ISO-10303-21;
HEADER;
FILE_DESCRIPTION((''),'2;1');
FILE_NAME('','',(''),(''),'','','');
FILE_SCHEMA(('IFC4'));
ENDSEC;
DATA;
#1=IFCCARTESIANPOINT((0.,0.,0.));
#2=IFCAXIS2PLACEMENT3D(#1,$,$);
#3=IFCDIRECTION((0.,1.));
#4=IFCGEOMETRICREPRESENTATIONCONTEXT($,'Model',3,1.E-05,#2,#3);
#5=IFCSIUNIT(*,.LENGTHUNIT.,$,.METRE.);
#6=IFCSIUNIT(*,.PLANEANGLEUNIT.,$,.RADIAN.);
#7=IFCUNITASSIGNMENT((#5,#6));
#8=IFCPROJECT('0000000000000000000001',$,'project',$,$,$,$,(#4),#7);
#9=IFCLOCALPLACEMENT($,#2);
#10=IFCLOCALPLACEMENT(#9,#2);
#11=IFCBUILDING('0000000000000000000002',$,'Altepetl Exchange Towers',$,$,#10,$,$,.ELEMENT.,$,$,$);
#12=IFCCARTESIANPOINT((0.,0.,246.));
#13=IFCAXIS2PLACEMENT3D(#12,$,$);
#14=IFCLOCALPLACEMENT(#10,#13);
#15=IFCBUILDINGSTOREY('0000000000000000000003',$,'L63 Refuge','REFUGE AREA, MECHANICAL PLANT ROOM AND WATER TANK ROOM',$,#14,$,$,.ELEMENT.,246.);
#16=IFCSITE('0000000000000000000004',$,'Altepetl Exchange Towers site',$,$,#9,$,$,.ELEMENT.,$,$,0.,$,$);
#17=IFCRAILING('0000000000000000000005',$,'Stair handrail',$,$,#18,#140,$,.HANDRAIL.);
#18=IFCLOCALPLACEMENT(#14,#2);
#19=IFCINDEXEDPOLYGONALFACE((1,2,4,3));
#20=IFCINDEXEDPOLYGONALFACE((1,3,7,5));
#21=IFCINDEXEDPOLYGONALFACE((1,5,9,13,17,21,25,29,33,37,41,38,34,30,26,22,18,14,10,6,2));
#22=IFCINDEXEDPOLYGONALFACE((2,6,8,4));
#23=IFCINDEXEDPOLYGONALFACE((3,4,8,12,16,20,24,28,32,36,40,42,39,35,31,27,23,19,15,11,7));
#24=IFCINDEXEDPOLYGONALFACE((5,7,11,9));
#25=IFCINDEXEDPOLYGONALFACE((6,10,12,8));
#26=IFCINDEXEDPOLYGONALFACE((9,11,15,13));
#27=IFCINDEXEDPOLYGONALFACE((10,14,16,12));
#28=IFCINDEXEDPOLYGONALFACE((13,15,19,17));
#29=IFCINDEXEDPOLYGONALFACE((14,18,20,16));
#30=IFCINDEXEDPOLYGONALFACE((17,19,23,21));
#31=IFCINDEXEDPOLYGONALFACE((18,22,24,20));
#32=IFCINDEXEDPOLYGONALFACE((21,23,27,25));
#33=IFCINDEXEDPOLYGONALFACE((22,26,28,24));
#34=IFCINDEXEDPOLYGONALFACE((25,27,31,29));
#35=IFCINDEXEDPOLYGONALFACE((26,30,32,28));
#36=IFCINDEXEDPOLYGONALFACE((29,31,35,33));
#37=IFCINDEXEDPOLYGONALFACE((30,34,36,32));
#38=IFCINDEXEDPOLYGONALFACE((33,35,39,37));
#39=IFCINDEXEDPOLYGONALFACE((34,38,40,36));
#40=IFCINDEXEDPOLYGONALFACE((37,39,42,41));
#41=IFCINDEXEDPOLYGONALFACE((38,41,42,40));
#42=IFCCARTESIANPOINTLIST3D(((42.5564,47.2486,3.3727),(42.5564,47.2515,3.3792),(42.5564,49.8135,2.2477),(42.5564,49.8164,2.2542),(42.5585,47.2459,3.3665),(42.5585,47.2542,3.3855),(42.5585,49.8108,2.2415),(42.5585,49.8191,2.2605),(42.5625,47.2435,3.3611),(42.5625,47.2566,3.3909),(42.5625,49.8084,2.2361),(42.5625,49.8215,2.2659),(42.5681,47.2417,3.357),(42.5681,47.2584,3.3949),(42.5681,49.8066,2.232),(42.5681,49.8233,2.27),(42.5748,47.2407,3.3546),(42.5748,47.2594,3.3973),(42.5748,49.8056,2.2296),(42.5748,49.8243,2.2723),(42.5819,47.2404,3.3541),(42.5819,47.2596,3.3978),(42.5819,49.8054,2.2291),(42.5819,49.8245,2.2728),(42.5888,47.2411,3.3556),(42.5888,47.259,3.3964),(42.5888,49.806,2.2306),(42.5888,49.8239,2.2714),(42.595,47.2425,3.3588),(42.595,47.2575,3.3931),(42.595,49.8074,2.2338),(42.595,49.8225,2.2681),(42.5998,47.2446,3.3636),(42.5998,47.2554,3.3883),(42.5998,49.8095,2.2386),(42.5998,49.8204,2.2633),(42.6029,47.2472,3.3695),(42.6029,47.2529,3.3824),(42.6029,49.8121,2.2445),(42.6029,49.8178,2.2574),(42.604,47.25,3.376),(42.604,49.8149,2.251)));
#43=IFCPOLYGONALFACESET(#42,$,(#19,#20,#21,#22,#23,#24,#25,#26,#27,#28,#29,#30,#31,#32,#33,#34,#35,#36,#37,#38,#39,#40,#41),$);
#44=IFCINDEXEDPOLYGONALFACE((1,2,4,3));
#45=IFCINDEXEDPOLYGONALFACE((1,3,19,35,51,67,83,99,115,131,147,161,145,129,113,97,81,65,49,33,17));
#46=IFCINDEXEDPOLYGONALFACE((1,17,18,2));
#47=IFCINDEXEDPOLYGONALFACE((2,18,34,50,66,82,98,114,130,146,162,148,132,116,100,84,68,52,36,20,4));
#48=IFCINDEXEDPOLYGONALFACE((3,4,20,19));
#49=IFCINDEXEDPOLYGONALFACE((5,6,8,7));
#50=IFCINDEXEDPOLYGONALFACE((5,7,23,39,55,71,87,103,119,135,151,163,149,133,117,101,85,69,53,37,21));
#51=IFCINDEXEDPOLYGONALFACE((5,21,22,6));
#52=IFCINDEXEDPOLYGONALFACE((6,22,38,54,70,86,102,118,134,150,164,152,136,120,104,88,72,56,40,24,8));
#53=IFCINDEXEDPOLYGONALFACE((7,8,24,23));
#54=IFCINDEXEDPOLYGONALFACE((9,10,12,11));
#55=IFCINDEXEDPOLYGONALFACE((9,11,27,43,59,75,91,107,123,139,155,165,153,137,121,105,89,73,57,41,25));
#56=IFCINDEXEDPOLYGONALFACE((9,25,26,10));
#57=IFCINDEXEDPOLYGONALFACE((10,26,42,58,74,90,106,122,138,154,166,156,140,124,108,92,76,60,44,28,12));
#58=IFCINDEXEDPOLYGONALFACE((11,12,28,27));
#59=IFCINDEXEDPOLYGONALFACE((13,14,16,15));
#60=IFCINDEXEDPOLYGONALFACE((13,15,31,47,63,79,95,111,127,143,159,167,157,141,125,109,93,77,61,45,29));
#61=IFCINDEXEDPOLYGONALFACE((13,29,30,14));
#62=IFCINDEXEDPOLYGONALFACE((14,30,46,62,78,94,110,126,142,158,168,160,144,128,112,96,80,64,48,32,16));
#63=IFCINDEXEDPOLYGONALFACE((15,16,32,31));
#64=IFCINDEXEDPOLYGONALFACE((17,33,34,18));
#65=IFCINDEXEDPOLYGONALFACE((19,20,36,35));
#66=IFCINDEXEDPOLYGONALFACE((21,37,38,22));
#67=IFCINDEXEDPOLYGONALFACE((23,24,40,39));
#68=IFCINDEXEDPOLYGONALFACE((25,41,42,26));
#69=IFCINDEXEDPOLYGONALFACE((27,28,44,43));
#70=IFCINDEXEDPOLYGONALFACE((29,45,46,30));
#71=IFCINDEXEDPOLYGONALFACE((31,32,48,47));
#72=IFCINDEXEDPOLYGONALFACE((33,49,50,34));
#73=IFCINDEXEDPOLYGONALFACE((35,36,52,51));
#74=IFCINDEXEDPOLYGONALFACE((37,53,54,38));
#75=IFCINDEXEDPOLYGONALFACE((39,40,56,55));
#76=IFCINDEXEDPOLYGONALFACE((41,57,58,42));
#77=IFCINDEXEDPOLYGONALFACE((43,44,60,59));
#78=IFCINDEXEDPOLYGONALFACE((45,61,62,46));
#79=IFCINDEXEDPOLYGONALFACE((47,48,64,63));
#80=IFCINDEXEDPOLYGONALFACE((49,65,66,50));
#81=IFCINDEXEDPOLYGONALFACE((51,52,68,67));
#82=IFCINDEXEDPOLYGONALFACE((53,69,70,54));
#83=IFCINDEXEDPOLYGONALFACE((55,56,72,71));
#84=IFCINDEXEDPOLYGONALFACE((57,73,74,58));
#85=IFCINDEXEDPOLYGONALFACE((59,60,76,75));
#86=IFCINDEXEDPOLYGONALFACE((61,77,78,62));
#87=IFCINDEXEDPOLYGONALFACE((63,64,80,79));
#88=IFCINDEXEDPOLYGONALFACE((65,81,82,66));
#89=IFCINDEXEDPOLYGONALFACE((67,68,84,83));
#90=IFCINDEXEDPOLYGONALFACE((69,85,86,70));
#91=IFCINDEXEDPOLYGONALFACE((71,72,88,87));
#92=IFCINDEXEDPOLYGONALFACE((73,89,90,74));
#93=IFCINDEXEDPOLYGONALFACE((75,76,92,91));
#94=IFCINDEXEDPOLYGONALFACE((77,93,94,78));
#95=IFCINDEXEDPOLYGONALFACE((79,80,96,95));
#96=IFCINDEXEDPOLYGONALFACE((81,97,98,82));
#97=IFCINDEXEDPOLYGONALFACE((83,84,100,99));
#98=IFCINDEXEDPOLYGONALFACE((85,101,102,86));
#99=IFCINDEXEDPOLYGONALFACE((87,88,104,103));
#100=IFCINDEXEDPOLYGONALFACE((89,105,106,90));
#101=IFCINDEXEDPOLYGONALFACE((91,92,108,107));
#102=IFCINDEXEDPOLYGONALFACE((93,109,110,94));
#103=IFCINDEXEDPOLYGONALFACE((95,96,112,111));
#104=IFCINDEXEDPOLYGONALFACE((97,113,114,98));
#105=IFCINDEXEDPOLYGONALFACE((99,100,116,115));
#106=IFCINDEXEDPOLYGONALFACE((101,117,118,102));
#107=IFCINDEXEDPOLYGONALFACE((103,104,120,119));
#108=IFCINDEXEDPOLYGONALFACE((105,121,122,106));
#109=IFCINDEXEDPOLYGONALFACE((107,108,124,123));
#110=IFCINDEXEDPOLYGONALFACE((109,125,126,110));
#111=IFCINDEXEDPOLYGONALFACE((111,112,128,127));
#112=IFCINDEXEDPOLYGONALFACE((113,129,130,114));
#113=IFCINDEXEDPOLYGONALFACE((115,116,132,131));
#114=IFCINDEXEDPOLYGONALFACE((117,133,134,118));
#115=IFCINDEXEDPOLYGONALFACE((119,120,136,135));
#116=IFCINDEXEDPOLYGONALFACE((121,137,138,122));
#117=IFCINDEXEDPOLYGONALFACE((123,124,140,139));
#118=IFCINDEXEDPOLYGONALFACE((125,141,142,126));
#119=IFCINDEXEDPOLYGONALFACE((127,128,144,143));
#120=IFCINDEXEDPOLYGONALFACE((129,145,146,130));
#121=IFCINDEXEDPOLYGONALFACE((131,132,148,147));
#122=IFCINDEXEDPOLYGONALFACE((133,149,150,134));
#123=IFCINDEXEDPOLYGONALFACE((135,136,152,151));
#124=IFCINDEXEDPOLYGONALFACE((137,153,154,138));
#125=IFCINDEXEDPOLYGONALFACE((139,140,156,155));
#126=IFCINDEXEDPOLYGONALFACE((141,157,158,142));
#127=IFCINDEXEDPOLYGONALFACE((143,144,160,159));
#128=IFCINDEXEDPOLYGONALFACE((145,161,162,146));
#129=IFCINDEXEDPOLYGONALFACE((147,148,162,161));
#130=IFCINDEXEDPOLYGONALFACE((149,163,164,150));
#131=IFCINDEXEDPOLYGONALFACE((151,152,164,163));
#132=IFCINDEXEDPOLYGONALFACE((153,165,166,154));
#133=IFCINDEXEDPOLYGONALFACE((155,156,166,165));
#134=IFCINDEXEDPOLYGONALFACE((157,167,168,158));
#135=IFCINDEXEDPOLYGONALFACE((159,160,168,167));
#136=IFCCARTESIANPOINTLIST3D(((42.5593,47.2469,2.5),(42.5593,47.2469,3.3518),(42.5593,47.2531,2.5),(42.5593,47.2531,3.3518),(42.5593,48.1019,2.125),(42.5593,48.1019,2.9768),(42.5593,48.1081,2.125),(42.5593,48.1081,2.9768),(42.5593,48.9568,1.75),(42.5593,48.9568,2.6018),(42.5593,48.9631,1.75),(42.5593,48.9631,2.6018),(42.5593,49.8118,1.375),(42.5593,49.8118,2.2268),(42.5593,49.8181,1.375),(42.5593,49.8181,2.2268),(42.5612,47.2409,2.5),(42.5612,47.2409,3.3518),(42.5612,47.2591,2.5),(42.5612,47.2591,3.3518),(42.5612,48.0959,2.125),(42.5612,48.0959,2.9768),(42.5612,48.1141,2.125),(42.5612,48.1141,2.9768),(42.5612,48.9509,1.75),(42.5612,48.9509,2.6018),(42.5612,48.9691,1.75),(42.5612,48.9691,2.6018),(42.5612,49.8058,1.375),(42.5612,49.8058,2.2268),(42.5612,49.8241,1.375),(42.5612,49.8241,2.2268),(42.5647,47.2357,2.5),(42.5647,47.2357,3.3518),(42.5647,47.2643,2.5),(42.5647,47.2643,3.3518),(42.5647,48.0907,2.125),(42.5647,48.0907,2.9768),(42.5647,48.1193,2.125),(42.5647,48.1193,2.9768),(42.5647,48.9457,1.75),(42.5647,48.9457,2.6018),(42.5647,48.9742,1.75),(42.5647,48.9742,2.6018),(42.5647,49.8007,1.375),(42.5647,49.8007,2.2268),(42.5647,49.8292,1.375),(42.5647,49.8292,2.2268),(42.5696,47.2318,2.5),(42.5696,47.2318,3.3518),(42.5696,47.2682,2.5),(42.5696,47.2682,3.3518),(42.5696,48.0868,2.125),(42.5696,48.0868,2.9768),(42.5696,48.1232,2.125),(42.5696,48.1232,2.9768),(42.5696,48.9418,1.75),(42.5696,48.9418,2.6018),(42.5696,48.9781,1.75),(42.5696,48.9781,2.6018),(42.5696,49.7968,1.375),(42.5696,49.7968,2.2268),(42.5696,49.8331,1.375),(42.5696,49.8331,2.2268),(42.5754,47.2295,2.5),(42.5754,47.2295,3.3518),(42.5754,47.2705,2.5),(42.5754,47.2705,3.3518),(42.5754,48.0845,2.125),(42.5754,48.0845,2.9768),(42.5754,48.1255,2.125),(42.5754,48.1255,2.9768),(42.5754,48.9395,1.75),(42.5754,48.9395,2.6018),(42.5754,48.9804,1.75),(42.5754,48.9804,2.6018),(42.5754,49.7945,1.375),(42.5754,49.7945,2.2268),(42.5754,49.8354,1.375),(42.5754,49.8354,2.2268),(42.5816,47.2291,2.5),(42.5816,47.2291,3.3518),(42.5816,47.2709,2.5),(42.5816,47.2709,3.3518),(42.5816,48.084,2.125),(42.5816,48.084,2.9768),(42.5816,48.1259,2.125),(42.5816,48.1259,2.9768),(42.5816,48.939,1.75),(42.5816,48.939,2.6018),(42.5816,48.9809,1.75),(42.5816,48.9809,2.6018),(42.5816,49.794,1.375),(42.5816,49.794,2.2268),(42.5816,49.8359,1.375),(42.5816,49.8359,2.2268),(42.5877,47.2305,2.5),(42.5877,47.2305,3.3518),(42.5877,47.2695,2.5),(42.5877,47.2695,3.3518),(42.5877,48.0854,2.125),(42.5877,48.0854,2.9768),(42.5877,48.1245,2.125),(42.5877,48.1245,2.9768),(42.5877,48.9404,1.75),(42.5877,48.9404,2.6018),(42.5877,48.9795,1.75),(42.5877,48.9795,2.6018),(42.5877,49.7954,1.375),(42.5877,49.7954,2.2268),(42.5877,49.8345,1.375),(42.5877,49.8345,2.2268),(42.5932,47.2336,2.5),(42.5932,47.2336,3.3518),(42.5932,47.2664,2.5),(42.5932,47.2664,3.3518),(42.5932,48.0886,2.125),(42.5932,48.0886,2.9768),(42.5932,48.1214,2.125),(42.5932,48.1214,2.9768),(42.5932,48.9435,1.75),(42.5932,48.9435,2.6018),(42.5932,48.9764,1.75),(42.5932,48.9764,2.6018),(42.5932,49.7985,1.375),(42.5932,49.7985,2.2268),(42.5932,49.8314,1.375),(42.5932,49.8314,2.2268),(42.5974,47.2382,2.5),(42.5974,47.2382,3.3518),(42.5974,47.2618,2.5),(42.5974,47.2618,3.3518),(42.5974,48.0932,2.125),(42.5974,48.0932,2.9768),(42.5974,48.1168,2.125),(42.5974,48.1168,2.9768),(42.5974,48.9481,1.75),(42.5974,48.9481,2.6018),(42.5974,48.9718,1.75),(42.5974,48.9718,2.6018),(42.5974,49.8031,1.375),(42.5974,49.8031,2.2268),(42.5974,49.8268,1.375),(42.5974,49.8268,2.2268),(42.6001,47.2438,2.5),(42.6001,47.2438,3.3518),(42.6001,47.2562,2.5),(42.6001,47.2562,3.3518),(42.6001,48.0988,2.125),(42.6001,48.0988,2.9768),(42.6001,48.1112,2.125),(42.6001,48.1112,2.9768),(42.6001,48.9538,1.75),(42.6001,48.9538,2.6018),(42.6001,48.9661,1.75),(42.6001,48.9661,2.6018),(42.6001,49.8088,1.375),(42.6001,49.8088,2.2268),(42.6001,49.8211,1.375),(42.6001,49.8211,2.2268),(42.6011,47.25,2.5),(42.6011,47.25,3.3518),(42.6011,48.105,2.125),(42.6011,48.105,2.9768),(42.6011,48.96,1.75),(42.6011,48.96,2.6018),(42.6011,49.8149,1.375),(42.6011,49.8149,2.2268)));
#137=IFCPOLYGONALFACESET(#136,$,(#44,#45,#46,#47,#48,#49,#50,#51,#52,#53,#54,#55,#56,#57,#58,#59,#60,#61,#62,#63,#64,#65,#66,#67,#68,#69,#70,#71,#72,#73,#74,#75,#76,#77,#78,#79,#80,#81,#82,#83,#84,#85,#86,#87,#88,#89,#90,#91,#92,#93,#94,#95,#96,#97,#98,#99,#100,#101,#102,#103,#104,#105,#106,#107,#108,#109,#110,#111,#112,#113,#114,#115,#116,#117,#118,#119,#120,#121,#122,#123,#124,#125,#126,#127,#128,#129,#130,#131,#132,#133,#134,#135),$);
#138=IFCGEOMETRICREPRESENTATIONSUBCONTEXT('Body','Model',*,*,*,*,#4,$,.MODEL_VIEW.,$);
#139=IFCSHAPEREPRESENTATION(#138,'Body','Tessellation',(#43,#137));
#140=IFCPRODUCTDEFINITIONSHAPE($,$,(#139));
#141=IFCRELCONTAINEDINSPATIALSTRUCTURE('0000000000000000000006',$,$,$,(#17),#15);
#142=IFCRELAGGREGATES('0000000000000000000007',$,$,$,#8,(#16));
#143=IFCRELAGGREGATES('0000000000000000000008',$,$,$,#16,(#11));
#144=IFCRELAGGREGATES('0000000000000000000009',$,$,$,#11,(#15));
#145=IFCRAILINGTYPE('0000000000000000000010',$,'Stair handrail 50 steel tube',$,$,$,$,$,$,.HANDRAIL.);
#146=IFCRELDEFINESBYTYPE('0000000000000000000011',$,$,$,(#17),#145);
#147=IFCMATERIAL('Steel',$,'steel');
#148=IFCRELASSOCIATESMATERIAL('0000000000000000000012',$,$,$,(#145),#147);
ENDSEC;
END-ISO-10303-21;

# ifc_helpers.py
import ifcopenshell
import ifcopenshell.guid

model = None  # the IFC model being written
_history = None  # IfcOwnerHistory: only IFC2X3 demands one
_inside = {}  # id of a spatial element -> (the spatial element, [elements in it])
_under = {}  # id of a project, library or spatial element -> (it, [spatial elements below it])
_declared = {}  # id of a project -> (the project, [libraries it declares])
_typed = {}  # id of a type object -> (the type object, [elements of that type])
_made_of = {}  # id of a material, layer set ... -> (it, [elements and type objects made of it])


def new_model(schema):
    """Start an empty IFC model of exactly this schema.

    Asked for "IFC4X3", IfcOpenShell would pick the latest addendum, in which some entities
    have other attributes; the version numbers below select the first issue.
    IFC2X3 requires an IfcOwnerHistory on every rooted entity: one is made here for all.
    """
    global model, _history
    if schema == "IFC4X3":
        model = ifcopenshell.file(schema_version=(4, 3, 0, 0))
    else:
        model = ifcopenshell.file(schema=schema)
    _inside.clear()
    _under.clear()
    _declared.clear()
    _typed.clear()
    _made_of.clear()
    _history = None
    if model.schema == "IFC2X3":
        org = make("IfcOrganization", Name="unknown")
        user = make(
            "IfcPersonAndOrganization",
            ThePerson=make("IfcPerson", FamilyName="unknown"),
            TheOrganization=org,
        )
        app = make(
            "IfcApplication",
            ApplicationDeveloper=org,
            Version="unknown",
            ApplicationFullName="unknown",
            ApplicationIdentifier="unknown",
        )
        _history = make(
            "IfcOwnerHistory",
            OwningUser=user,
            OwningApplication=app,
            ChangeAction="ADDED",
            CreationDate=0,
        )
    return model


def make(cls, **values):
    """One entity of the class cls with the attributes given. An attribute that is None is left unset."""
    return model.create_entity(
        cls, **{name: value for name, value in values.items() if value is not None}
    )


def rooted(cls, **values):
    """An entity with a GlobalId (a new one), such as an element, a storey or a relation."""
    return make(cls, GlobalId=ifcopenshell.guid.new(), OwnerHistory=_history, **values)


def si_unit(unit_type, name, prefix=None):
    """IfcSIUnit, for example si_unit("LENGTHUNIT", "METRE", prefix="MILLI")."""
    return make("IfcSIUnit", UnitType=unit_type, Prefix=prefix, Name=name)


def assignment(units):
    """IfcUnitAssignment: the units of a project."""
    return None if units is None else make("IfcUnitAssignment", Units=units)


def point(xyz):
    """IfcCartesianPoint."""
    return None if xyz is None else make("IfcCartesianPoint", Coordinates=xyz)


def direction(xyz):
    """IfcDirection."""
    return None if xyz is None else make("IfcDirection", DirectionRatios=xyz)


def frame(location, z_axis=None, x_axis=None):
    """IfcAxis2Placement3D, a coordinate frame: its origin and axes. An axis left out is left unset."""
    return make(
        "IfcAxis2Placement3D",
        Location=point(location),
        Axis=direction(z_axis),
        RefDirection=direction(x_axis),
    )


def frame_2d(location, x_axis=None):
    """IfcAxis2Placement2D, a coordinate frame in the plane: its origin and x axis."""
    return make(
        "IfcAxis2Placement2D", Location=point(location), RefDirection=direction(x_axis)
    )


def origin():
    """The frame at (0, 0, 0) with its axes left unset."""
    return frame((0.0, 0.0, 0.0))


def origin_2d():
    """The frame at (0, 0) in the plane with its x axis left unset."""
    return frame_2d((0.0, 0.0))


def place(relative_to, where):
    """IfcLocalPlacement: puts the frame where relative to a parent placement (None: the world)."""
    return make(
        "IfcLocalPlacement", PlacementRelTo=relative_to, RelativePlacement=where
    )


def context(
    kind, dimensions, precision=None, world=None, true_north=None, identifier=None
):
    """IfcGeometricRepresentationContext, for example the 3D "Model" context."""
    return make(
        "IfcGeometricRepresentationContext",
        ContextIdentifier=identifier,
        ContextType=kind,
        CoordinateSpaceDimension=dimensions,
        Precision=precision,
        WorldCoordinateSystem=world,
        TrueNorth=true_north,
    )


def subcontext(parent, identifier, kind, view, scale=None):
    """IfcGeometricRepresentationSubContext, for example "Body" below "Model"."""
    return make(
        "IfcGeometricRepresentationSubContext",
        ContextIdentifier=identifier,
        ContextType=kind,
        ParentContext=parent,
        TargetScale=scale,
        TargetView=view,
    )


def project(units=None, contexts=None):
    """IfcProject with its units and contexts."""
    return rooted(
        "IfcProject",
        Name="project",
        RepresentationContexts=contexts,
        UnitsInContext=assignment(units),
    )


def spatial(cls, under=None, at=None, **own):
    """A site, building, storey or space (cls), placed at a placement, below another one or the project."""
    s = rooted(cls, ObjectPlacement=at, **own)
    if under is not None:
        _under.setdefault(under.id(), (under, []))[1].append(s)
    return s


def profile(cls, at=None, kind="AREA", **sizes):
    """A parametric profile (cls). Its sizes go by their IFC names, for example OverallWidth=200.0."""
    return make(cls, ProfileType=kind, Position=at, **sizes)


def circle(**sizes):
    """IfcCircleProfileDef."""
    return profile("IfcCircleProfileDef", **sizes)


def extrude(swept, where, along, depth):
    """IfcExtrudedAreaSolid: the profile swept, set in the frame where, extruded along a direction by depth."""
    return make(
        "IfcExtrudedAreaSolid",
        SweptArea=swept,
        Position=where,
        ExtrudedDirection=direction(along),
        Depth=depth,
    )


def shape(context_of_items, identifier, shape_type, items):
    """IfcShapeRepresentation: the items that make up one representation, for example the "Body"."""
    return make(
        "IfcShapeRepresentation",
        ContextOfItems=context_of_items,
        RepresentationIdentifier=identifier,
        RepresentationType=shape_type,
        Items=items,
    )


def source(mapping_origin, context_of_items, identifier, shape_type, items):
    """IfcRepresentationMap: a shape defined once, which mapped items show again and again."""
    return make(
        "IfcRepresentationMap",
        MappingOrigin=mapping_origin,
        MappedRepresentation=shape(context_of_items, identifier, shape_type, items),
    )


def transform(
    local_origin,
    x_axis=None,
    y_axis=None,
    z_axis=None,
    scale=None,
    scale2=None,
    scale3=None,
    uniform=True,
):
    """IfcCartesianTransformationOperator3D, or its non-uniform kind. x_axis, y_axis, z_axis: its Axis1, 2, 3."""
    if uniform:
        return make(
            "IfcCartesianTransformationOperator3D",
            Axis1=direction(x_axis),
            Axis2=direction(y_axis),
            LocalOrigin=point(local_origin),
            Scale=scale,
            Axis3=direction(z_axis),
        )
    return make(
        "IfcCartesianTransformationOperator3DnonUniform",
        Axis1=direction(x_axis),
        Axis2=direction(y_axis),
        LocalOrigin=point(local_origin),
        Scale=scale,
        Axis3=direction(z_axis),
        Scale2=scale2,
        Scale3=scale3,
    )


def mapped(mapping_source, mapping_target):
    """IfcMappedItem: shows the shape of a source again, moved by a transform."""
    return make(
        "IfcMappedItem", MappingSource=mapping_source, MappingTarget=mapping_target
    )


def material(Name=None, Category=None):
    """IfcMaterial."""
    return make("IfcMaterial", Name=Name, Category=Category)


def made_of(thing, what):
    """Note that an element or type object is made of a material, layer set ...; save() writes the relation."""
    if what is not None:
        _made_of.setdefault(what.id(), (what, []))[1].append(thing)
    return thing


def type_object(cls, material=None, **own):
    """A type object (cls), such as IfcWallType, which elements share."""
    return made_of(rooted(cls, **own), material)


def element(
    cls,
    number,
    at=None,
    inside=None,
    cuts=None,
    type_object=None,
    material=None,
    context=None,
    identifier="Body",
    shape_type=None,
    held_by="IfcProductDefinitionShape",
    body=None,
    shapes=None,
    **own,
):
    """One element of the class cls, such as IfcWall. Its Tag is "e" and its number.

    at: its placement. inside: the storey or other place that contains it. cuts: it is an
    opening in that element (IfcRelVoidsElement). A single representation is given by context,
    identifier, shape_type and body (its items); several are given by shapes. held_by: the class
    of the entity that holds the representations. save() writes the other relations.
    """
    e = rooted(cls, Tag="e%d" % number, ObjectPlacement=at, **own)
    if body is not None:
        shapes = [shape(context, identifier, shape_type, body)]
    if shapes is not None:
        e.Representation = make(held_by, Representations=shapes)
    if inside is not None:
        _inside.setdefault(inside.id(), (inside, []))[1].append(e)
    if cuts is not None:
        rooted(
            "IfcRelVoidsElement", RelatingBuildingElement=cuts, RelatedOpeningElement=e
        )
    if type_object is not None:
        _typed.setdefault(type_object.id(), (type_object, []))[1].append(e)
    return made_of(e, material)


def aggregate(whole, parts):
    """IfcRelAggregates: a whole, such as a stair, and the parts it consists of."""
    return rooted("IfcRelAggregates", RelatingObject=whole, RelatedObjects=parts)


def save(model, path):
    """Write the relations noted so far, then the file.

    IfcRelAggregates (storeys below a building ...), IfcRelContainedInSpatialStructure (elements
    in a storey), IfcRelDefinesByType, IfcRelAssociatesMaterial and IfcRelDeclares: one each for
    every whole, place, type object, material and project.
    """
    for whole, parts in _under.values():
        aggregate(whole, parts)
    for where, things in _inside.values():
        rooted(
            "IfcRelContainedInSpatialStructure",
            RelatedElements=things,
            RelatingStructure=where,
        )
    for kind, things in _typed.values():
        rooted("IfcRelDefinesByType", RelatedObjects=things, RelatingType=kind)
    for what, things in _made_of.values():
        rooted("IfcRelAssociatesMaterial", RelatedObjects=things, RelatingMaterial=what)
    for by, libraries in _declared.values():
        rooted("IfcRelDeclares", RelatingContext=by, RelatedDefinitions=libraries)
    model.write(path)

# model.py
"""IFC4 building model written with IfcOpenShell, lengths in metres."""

from ifc_helpers import new_model, si_unit, direction, frame, origin, origin_2d, place, context, subcontext, project, spatial, circle, extrude, source, transform, mapped, material, type_object, element, save


model = new_model("IFC4")

# Units and contexts
model_context = context("Model", 3, precision=1e-05, world=origin(), true_north=direction((0.0, 1.0)))
body_context = subcontext(model_context, "Body", "Model", "MODEL_VIEW")
ifc_project = project(units=[si_unit("LENGTHUNIT", "METRE"), si_unit("PLANEANGLEUNIT", "RADIAN")], contexts=[model_context])

# Site, building, storey
site_placement = place(None, origin())
site = spatial("IfcSite", under=ifc_project, at=site_placement, Name="Altepetl Exchange Towers site", CompositionType="ELEMENT", RefElevation=0.0)
building_placement = place(site_placement, origin())
building = spatial("IfcBuilding", under=site, at=building_placement, Name="Altepetl Exchange Towers", CompositionType="ELEMENT")
storey_placement = place(building_placement, frame((0.0, 0.0, 246.0)))
storey = spatial("IfcBuildingStorey", under=building, at=storey_placement, Name="L63 Refuge", Description="REFUGE AREA, MECHANICAL PLANT ROOM AND WATER TANK ROOM", CompositionType="ELEMENT", Elevation=246.0)

# Railing
ifc_material_1 = material(Name="Steel", Category="steel")
railing_type = type_object("IfcRailingType", Name="Stair handrail 50 steel tube", PredefinedType="HANDRAIL", material=ifc_material_1)
shared_shape = source(origin(), body_context, "Body", "SweptSolid", [
    extrude(circle(Radius=0.021, at=origin_2d()), origin(), (0.0, 0.0, 1.0), 0.8518),
])
railing_1_placement = place(storey_placement, frame((42.5801, 49.8149, 1.375)))
element("IfcRailing", 1, at=railing_1_placement, inside=storey, type_object=railing_type, Name="Stair handrail", PredefinedType="HANDRAIL", context=body_context, shape_type="SweptSolid", body=[
    extrude(circle(Radius=0.0239, at=origin_2d()), frame((0.0, 0.0, 0.876), z_axis=(0.0, -0.915785, 0.401669), x_axis=(1.0, 0.0, 0.0)), (0.0, 0.0, 1.0), 2.8008),
    mapped(shared_shape, transform((0.0, 0.0, 0.0))),
    mapped(shared_shape, transform((0.0, -0.855, 0.375))),
    mapped(shared_shape, transform((0.0, -1.71, 0.75))),
    mapped(shared_shape, transform((0.0, -2.5649, 1.125))),
])

save(model, "model.ifc")
